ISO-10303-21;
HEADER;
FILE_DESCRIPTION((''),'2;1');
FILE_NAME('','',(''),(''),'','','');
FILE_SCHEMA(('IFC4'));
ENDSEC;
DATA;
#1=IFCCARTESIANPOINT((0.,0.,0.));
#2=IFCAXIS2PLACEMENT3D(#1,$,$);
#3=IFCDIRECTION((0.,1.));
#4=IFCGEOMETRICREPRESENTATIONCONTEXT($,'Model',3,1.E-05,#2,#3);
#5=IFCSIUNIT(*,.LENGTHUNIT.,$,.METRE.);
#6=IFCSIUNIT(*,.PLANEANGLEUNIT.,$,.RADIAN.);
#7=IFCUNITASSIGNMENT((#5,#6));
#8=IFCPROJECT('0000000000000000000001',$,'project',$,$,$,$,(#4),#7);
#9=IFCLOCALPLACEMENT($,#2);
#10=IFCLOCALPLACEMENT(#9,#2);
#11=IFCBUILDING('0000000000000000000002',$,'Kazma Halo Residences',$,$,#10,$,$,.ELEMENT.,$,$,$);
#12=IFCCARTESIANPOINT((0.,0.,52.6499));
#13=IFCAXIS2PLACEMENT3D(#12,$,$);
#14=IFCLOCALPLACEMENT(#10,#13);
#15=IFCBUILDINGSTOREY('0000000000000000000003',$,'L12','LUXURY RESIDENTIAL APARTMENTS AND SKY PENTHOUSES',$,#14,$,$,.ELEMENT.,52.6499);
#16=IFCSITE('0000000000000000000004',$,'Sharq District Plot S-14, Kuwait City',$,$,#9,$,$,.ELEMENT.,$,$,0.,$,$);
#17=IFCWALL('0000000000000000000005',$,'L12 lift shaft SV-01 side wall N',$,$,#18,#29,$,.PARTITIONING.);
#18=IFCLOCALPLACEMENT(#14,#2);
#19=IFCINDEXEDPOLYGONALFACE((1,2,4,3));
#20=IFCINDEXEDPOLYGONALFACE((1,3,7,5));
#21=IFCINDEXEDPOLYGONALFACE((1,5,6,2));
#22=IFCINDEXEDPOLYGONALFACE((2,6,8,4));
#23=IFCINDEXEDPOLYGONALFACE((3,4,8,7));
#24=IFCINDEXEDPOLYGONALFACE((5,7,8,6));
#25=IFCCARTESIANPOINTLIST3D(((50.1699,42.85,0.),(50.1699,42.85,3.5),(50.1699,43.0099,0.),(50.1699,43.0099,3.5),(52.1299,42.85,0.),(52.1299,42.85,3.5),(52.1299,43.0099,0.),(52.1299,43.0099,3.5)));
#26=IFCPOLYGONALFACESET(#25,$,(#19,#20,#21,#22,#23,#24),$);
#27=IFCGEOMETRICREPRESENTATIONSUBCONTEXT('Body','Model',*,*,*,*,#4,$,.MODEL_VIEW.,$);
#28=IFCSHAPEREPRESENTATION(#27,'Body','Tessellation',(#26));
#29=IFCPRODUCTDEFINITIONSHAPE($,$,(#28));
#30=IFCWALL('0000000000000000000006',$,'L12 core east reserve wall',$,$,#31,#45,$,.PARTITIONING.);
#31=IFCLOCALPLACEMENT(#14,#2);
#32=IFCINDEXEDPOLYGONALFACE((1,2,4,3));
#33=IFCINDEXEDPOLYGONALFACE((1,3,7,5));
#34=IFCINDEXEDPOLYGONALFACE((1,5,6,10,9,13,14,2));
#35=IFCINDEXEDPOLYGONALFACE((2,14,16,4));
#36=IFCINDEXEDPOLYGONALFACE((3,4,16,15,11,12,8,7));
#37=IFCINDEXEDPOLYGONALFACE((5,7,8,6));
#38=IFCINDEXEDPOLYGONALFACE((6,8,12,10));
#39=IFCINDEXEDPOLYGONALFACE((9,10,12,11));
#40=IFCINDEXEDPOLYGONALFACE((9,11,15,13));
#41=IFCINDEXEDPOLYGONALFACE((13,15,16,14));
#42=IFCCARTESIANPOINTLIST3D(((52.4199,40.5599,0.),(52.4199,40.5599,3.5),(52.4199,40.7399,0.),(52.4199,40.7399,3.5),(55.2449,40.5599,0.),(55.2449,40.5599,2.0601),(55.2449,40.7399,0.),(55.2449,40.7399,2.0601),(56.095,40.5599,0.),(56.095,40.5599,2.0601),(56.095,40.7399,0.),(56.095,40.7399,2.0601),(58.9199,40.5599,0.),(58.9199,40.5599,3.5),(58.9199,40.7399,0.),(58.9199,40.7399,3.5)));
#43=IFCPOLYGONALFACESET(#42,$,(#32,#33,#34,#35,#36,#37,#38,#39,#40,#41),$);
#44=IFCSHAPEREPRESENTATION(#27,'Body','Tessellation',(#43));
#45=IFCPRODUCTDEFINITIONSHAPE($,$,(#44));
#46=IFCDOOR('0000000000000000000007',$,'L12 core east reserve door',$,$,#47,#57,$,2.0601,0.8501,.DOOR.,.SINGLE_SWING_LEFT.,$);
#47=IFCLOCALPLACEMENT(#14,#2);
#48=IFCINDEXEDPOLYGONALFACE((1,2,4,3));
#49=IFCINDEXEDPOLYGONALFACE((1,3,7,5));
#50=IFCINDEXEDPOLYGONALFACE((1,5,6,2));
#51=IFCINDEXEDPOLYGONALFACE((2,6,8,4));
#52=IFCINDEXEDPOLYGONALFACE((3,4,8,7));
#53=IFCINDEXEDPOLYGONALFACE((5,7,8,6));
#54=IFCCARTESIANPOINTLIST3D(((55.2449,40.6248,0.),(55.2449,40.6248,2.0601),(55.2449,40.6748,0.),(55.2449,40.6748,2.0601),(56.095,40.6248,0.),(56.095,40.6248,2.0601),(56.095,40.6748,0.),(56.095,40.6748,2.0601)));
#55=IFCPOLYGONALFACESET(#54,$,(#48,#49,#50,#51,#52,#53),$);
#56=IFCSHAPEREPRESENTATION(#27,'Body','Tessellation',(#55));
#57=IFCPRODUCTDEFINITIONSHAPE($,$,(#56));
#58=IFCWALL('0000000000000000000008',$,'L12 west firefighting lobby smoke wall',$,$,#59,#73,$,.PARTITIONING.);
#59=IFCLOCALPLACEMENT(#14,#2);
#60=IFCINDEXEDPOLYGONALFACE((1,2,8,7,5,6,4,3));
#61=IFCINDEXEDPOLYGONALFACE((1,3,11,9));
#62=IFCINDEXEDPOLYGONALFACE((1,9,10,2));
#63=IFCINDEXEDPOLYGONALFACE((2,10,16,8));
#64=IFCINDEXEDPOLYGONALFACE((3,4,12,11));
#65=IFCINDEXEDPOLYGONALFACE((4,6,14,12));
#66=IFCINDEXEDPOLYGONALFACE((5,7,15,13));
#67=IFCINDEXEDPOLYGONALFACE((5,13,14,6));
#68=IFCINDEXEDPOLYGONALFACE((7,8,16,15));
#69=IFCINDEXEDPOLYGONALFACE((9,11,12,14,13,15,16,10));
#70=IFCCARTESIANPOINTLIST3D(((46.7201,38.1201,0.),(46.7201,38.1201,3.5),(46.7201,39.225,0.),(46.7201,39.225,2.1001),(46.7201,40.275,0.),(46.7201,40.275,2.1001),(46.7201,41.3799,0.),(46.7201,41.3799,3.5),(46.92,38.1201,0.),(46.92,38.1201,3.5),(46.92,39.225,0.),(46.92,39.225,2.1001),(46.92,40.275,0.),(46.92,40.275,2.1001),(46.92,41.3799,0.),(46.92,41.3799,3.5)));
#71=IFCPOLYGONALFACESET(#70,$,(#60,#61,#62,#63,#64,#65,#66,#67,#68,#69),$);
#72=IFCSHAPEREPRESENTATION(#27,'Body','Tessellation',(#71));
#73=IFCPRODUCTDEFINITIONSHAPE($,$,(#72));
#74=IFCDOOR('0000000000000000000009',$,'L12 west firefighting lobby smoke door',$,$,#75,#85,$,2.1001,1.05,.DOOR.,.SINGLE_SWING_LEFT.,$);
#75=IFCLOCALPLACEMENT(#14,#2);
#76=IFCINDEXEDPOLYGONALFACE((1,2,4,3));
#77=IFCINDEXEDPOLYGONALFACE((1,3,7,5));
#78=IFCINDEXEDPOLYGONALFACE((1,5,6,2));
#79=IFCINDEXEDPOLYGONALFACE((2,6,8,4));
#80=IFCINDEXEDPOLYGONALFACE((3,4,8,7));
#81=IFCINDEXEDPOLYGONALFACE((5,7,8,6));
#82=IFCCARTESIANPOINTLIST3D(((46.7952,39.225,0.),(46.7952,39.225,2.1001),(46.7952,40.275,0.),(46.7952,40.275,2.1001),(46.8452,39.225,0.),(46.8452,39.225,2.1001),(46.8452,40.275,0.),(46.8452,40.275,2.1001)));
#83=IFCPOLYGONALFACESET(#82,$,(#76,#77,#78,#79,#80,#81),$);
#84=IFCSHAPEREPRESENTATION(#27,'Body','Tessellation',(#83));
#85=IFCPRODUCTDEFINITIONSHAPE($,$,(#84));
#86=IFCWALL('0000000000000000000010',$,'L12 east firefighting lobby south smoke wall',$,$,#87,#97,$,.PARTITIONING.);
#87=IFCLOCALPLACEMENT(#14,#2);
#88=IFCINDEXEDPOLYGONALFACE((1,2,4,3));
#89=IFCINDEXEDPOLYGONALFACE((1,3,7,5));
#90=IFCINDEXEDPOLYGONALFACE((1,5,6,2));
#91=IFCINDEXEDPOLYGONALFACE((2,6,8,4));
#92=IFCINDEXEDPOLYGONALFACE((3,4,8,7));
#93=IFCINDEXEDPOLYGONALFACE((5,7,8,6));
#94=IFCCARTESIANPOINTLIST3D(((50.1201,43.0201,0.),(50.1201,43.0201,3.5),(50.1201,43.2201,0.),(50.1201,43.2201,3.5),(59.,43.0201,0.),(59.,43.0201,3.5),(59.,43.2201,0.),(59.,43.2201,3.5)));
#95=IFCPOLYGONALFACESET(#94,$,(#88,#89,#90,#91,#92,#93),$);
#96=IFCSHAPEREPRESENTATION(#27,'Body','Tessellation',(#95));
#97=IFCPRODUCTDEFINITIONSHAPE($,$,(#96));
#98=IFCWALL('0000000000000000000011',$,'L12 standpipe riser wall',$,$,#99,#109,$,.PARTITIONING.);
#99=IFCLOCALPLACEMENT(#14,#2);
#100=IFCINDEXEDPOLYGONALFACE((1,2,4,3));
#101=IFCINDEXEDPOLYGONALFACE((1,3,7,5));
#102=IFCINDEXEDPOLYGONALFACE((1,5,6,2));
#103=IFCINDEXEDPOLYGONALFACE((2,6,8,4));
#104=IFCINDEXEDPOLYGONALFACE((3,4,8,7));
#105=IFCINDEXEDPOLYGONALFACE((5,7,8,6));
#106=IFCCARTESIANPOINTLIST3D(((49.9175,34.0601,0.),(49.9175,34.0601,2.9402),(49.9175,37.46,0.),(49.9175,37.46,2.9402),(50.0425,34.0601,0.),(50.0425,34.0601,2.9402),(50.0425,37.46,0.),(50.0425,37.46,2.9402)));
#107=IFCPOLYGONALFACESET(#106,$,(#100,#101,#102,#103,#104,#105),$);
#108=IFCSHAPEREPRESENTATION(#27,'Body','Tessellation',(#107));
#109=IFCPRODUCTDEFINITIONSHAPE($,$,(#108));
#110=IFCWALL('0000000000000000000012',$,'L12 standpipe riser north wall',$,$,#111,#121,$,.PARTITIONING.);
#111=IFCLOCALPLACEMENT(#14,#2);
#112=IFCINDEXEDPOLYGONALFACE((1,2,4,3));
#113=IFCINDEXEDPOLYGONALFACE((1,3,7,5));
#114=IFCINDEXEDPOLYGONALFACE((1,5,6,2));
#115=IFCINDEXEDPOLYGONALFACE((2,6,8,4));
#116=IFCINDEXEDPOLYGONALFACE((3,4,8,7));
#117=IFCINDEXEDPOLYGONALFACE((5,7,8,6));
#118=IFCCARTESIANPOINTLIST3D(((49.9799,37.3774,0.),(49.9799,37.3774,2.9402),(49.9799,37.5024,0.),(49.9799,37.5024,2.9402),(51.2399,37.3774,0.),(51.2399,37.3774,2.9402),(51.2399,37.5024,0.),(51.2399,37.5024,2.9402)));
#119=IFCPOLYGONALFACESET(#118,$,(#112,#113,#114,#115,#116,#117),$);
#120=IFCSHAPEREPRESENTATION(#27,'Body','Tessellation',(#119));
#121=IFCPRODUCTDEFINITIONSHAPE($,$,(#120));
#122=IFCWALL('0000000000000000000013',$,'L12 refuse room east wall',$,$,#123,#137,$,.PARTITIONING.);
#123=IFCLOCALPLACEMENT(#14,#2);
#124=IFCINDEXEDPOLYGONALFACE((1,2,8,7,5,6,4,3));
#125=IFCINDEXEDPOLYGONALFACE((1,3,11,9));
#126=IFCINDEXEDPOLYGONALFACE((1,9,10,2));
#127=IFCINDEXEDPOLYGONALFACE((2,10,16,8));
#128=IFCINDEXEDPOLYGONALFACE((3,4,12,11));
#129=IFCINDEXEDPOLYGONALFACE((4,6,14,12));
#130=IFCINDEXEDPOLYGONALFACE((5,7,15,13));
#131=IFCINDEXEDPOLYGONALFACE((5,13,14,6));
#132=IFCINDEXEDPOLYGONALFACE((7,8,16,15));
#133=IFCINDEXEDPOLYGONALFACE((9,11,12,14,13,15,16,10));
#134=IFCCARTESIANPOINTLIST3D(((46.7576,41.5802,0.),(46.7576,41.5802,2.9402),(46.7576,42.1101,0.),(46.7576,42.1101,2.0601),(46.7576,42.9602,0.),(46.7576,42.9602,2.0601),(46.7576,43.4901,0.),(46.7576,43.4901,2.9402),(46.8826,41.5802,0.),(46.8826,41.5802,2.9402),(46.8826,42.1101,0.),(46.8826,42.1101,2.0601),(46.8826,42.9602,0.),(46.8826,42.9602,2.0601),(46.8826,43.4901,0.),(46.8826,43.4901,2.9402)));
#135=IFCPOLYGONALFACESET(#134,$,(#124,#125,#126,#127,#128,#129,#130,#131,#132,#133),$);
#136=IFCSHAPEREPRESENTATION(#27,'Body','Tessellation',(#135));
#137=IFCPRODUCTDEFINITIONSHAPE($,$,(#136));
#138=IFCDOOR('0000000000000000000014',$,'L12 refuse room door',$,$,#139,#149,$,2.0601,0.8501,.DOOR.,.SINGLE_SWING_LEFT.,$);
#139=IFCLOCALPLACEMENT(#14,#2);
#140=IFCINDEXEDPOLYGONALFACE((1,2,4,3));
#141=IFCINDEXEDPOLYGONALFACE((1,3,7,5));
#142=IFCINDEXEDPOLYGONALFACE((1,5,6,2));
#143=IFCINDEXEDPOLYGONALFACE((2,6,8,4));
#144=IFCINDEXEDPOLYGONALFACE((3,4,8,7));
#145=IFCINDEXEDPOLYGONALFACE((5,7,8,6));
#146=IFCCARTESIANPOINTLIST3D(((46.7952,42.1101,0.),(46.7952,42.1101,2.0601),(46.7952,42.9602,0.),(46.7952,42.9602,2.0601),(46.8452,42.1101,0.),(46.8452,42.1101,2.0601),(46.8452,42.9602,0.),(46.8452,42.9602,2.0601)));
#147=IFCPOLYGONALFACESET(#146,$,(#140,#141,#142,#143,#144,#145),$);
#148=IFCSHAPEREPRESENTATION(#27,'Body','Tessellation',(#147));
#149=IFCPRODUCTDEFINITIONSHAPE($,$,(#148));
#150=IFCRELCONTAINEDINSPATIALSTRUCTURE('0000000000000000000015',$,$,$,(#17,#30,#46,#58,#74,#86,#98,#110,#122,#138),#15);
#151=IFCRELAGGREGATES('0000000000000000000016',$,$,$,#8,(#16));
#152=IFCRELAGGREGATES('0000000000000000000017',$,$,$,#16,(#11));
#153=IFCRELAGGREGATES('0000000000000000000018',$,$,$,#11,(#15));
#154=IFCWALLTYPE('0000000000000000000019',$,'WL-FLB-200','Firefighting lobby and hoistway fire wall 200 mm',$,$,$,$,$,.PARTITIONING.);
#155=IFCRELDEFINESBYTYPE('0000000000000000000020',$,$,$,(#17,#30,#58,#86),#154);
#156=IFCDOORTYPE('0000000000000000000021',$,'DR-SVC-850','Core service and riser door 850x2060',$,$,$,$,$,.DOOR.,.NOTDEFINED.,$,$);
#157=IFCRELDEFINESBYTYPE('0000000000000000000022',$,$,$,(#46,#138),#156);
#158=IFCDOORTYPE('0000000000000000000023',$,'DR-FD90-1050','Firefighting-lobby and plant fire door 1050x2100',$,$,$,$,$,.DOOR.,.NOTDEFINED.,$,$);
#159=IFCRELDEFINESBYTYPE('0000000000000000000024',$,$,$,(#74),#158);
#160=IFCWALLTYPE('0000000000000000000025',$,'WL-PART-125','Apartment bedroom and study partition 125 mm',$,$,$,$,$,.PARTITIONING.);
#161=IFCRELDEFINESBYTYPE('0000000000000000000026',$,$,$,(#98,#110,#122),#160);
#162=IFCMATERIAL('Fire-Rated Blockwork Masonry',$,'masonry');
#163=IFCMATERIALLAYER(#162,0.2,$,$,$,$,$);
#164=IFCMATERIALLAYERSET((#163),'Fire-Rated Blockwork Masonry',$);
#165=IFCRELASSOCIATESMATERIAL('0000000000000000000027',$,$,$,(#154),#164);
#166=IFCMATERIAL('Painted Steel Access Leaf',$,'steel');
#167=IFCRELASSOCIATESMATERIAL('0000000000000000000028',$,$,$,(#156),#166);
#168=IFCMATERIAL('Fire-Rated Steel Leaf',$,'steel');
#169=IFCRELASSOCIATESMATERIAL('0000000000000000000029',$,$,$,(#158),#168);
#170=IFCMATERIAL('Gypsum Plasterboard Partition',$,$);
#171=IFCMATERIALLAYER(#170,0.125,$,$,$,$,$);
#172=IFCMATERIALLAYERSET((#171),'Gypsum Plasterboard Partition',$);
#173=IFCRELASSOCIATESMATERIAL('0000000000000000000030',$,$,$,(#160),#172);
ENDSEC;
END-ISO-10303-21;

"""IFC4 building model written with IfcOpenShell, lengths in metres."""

from ifc_helpers import new_model, si_unit, direction, frame, frame_2d, origin, place, context, subcontext, project, spatial, rectangle, extrude, material, layer, layer_set, type_object, element, fill, save


model = new_model("IFC4")

# Units and contexts
model_context = context("Model", 3, precision=1e-05, world=origin(), true_north=direction((0.0, 1.0)))
body_context = subcontext(model_context, "Body", "Model", "MODEL_VIEW")
ifc_project = project(units=[si_unit("LENGTHUNIT", "METRE"), si_unit("PLANEANGLEUNIT", "RADIAN")], contexts=[model_context])

# Site, building, storey
site_placement = place(None, origin())
site = spatial("IfcSite", under=ifc_project, at=site_placement, Name="Sharq District Plot S-14, Kuwait City", CompositionType="ELEMENT", RefElevation=0.0)
building_placement = place(site_placement, origin())
building = spatial("IfcBuilding", under=site, at=building_placement, Name="Kazma Halo Residences", CompositionType="ELEMENT")
storey_placement = place(building_placement, frame((0.0, 0.0, 52.6499)))
storey = spatial("IfcBuildingStorey", under=building, at=storey_placement, Name="L12", Description="LUXURY RESIDENTIAL APARTMENTS AND SKY PENTHOUSES", CompositionType="ELEMENT", Elevation=52.6499)

# Shared definitions
ifc_material_1 = material(Name="Fire-Rated Blockwork Masonry", Category="masonry")
ifc_layer_1 = layer(ifc_material_1, 0.2)
ifc_layer_set_1 = layer_set([ifc_layer_1], Name="Fire-Rated Blockwork Masonry")
wall_type_1 = type_object("IfcWallType", Name="WL-FLB-200", Description="Firefighting lobby and hoistway fire wall 200 mm", PredefinedType="PARTITIONING", material=ifc_layer_set_1)

# Wall
wall_1_placement = place(storey_placement, frame((50.1699, 42.9299, 0.0), z_axis=(0.0, 0.0, 1.0), x_axis=(1.0, 0.0, 0.0)))
element("IfcWall", 1, at=wall_1_placement, inside=storey, type_object=wall_type_1, Name="L12 lift shaft SV-01 side wall N", PredefinedType="PARTITIONING", context=body_context, shape_type="SweptSolid", body=[
    extrude(rectangle(XDim=1.96, YDim=0.1599, at=frame_2d((0.98, 0.0))), origin(), (0.0, 0.0, 1.0), 3.5),
])

# Walls, openings, doors
wall_2_placement = place(storey_placement, frame((52.4199, 40.6499, 0.0), z_axis=(0.0, 0.0, 1.0), x_axis=(1.0, 0.0, 0.0)))
wall_2 = element("IfcWall", 2, at=wall_2_placement, inside=storey, type_object=wall_type_1, Name="L12 core east reserve wall", PredefinedType="PARTITIONING", context=body_context, shape_type="SweptSolid", body=[
    extrude(rectangle(XDim=6.5, YDim=0.1799, at=frame_2d((3.25, 0.0))), origin(), (0.0, 0.0, 1.0), 3.5),
])
opening_1_placement = place(wall_2_placement, frame((2.825, 0.0, 0.0)))
opening_1 = element("IfcOpeningElement", 3, at=opening_1_placement, cuts=wall_2, PredefinedType="OPENING", context=body_context, shape_type="SweptSolid", body=[
    extrude(rectangle(XDim=0.8501, YDim=2.0601, at=frame_2d((0.425, 1.03))), frame((0.0, 0.0999, 0.0), z_axis=(0.0, -1.0, 0.0), x_axis=(1.0, 0.0, 0.0)), (0.0, 0.0, 1.0), 0.2),
])
ifc_material_2 = material(Name="Painted Steel Access Leaf", Category="steel")
door_type_1 = type_object("IfcDoorType", Name="DR-SVC-850", Description="Core service and riser door 850x2060", OperationType="NOTDEFINED", PredefinedType="DOOR", material=ifc_material_2)
door_1_placement = place(opening_1_placement, origin())
door_1 = element("IfcDoor", 4, at=door_1_placement, inside=storey, type_object=door_type_1, Name="L12 core east reserve door", OperationType="SINGLE_SWING_LEFT", OverallHeight=2.0601, OverallWidth=0.8501, PredefinedType="DOOR", context=body_context, shape_type="SweptSolid", body=[
    extrude(rectangle(XDim=0.8501, YDim=2.0601, at=frame_2d((0.425, 1.03))), frame((0.0, 0.0249, 0.0), z_axis=(0.0, -1.0, 0.0), x_axis=(1.0, 0.0, 0.0)), (0.0, 0.0, 1.0), 0.05),
])
fill(opening_1, door_1)
wall_3_placement = place(storey_placement, frame((46.8201, 38.1201, 0.0), z_axis=(0.0, 0.0, 1.0), x_axis=(0.0, 1.0, 0.0)))
wall_3 = element("IfcWall", 5, at=wall_3_placement, inside=storey, type_object=wall_type_1, Name="L12 west firefighting lobby smoke wall", PredefinedType="PARTITIONING", context=body_context, shape_type="SweptSolid", body=[
    extrude(rectangle(XDim=3.2598, YDim=0.2, at=frame_2d((1.6299, 0.0))), origin(), (0.0, 0.0, 1.0), 3.5),
])
opening_2_placement = place(wall_3_placement, frame((1.105, 0.0, 0.0)))
opening_2 = element("IfcOpeningElement", 6, at=opening_2_placement, cuts=wall_3, PredefinedType="OPENING", context=body_context, shape_type="SweptSolid", body=[
    extrude(rectangle(XDim=1.05, YDim=2.1001, at=frame_2d((0.5249, 1.05))), frame((0.0, 0.1099, 0.0), z_axis=(0.0, -1.0, 0.0), x_axis=(1.0, 0.0, 0.0)), (0.0, 0.0, 1.0), 0.22),
])
ifc_material_3 = material(Name="Fire-Rated Steel Leaf", Category="steel")
door_type_2 = type_object("IfcDoorType", Name="DR-FD90-1050", Description="Firefighting-lobby and plant fire door 1050x2100", OperationType="NOTDEFINED", PredefinedType="DOOR", material=ifc_material_3)
door_2_placement = place(opening_2_placement, origin())
door_2 = element("IfcDoor", 7, at=door_2_placement, inside=storey, type_object=door_type_2, Name="L12 west firefighting lobby smoke door", OperationType="SINGLE_SWING_LEFT", OverallHeight=2.1001, OverallWidth=1.05, PredefinedType="DOOR", context=body_context, shape_type="SweptSolid", body=[
    extrude(rectangle(XDim=1.05, YDim=2.1001, at=frame_2d((0.5249, 1.05))), frame((0.0, 0.0249, 0.0), z_axis=(0.0, -1.0, 0.0), x_axis=(1.0, 0.0, 0.0)), (0.0, 0.0, 1.0), 0.05),
])
fill(opening_2, door_2)

# Walls
wall_4_placement = place(storey_placement, frame((50.1201, 43.1201, 0.0), z_axis=(0.0, 0.0, 1.0), x_axis=(1.0, 0.0, 0.0)))
element("IfcWall", 8, at=wall_4_placement, inside=storey, type_object=wall_type_1, Name="L12 east firefighting lobby south smoke wall", PredefinedType="PARTITIONING", context=body_context, shape_type="SweptSolid", body=[
    extrude(rectangle(XDim=8.8799, YDim=0.2, at=frame_2d((4.4399, 0.0))), origin(), (0.0, 0.0, 1.0), 3.5),
])
ifc_material_4 = material(Name="Gypsum Plasterboard Partition")
ifc_layer_2 = layer(ifc_material_4, 0.125)
ifc_layer_set_2 = layer_set([ifc_layer_2], Name="Gypsum Plasterboard Partition")
wall_type_2 = type_object("IfcWallType", Name="WL-PART-125", Description="Apartment bedroom and study partition 125 mm", PredefinedType="PARTITIONING", material=ifc_layer_set_2)
wall_5_placement = place(storey_placement, frame((49.98, 34.0601, 0.0), z_axis=(0.0, 0.0, 1.0), x_axis=(0.0, 1.0, 0.0)))
element("IfcWall", 9, at=wall_5_placement, inside=storey, type_object=wall_type_2, Name="L12 standpipe riser wall", PredefinedType="PARTITIONING", context=body_context, shape_type="SweptSolid", body=[
    extrude(rectangle(XDim=3.3999, YDim=0.125, at=frame_2d((1.7, 0.0))), origin(), (0.0, 0.0, 1.0), 2.9402),
])
wall_6_placement = place(storey_placement, frame((49.98, 37.4399, 0.0), z_axis=(0.0, 0.0, 1.0), x_axis=(1.0, 0.0, 0.0)))
element("IfcWall", 10, at=wall_6_placement, inside=storey, type_object=wall_type_2, Name="L12 standpipe riser north wall", PredefinedType="PARTITIONING", context=body_context, shape_type="SweptSolid", body=[
    extrude(rectangle(XDim=1.26, YDim=0.125, at=frame_2d((0.6299, 0.0))), origin(), (0.0, 0.0, 1.0), 2.9402),
])

# Wall, opening, door
wall_7_placement = place(storey_placement, frame((46.8201, 41.5801, 0.0), z_axis=(0.0, 0.0, 1.0), x_axis=(0.0, 1.0, 0.0)))
wall_7 = element("IfcWall", 11, at=wall_7_placement, inside=storey, type_object=wall_type_2, Name="L12 refuse room east wall", PredefinedType="PARTITIONING", context=body_context, shape_type="SweptSolid", body=[
    extrude(rectangle(XDim=1.9099, YDim=0.125, at=frame_2d((0.9551, 0.0))), origin(), (0.0, 0.0, 1.0), 2.9402),
])
opening_3_placement = place(wall_7_placement, frame((0.53, 0.0, 0.0)))
opening_3 = element("IfcOpeningElement", 12, at=opening_3_placement, cuts=wall_7, PredefinedType="OPENING", context=body_context, shape_type="SweptSolid", body=[
    extrude(rectangle(XDim=0.8501, YDim=2.0601, at=frame_2d((0.425, 1.03))), frame((0.0, 0.0725, 0.0), z_axis=(0.0, -1.0, 0.0), x_axis=(1.0, 0.0, 0.0)), (0.0, 0.0, 1.0), 0.145),
])
door_3_placement = place(opening_3_placement, origin())
door_3 = element("IfcDoor", 13, at=door_3_placement, inside=storey, type_object=door_type_1, Name="L12 refuse room door", OperationType="SINGLE_SWING_LEFT", OverallHeight=2.0601, OverallWidth=0.8501, PredefinedType="DOOR", context=body_context, shape_type="SweptSolid", body=[
    extrude(rectangle(XDim=0.8501, YDim=2.0601, at=frame_2d((0.425, 1.03))), frame((0.0, 0.0249, 0.0), z_axis=(0.0, -1.0, 0.0), x_axis=(1.0, 0.0, 0.0)), (0.0, 0.0, 1.0), 0.05),
])
fill(opening_3, door_3)

save(model, "model.ifc")
